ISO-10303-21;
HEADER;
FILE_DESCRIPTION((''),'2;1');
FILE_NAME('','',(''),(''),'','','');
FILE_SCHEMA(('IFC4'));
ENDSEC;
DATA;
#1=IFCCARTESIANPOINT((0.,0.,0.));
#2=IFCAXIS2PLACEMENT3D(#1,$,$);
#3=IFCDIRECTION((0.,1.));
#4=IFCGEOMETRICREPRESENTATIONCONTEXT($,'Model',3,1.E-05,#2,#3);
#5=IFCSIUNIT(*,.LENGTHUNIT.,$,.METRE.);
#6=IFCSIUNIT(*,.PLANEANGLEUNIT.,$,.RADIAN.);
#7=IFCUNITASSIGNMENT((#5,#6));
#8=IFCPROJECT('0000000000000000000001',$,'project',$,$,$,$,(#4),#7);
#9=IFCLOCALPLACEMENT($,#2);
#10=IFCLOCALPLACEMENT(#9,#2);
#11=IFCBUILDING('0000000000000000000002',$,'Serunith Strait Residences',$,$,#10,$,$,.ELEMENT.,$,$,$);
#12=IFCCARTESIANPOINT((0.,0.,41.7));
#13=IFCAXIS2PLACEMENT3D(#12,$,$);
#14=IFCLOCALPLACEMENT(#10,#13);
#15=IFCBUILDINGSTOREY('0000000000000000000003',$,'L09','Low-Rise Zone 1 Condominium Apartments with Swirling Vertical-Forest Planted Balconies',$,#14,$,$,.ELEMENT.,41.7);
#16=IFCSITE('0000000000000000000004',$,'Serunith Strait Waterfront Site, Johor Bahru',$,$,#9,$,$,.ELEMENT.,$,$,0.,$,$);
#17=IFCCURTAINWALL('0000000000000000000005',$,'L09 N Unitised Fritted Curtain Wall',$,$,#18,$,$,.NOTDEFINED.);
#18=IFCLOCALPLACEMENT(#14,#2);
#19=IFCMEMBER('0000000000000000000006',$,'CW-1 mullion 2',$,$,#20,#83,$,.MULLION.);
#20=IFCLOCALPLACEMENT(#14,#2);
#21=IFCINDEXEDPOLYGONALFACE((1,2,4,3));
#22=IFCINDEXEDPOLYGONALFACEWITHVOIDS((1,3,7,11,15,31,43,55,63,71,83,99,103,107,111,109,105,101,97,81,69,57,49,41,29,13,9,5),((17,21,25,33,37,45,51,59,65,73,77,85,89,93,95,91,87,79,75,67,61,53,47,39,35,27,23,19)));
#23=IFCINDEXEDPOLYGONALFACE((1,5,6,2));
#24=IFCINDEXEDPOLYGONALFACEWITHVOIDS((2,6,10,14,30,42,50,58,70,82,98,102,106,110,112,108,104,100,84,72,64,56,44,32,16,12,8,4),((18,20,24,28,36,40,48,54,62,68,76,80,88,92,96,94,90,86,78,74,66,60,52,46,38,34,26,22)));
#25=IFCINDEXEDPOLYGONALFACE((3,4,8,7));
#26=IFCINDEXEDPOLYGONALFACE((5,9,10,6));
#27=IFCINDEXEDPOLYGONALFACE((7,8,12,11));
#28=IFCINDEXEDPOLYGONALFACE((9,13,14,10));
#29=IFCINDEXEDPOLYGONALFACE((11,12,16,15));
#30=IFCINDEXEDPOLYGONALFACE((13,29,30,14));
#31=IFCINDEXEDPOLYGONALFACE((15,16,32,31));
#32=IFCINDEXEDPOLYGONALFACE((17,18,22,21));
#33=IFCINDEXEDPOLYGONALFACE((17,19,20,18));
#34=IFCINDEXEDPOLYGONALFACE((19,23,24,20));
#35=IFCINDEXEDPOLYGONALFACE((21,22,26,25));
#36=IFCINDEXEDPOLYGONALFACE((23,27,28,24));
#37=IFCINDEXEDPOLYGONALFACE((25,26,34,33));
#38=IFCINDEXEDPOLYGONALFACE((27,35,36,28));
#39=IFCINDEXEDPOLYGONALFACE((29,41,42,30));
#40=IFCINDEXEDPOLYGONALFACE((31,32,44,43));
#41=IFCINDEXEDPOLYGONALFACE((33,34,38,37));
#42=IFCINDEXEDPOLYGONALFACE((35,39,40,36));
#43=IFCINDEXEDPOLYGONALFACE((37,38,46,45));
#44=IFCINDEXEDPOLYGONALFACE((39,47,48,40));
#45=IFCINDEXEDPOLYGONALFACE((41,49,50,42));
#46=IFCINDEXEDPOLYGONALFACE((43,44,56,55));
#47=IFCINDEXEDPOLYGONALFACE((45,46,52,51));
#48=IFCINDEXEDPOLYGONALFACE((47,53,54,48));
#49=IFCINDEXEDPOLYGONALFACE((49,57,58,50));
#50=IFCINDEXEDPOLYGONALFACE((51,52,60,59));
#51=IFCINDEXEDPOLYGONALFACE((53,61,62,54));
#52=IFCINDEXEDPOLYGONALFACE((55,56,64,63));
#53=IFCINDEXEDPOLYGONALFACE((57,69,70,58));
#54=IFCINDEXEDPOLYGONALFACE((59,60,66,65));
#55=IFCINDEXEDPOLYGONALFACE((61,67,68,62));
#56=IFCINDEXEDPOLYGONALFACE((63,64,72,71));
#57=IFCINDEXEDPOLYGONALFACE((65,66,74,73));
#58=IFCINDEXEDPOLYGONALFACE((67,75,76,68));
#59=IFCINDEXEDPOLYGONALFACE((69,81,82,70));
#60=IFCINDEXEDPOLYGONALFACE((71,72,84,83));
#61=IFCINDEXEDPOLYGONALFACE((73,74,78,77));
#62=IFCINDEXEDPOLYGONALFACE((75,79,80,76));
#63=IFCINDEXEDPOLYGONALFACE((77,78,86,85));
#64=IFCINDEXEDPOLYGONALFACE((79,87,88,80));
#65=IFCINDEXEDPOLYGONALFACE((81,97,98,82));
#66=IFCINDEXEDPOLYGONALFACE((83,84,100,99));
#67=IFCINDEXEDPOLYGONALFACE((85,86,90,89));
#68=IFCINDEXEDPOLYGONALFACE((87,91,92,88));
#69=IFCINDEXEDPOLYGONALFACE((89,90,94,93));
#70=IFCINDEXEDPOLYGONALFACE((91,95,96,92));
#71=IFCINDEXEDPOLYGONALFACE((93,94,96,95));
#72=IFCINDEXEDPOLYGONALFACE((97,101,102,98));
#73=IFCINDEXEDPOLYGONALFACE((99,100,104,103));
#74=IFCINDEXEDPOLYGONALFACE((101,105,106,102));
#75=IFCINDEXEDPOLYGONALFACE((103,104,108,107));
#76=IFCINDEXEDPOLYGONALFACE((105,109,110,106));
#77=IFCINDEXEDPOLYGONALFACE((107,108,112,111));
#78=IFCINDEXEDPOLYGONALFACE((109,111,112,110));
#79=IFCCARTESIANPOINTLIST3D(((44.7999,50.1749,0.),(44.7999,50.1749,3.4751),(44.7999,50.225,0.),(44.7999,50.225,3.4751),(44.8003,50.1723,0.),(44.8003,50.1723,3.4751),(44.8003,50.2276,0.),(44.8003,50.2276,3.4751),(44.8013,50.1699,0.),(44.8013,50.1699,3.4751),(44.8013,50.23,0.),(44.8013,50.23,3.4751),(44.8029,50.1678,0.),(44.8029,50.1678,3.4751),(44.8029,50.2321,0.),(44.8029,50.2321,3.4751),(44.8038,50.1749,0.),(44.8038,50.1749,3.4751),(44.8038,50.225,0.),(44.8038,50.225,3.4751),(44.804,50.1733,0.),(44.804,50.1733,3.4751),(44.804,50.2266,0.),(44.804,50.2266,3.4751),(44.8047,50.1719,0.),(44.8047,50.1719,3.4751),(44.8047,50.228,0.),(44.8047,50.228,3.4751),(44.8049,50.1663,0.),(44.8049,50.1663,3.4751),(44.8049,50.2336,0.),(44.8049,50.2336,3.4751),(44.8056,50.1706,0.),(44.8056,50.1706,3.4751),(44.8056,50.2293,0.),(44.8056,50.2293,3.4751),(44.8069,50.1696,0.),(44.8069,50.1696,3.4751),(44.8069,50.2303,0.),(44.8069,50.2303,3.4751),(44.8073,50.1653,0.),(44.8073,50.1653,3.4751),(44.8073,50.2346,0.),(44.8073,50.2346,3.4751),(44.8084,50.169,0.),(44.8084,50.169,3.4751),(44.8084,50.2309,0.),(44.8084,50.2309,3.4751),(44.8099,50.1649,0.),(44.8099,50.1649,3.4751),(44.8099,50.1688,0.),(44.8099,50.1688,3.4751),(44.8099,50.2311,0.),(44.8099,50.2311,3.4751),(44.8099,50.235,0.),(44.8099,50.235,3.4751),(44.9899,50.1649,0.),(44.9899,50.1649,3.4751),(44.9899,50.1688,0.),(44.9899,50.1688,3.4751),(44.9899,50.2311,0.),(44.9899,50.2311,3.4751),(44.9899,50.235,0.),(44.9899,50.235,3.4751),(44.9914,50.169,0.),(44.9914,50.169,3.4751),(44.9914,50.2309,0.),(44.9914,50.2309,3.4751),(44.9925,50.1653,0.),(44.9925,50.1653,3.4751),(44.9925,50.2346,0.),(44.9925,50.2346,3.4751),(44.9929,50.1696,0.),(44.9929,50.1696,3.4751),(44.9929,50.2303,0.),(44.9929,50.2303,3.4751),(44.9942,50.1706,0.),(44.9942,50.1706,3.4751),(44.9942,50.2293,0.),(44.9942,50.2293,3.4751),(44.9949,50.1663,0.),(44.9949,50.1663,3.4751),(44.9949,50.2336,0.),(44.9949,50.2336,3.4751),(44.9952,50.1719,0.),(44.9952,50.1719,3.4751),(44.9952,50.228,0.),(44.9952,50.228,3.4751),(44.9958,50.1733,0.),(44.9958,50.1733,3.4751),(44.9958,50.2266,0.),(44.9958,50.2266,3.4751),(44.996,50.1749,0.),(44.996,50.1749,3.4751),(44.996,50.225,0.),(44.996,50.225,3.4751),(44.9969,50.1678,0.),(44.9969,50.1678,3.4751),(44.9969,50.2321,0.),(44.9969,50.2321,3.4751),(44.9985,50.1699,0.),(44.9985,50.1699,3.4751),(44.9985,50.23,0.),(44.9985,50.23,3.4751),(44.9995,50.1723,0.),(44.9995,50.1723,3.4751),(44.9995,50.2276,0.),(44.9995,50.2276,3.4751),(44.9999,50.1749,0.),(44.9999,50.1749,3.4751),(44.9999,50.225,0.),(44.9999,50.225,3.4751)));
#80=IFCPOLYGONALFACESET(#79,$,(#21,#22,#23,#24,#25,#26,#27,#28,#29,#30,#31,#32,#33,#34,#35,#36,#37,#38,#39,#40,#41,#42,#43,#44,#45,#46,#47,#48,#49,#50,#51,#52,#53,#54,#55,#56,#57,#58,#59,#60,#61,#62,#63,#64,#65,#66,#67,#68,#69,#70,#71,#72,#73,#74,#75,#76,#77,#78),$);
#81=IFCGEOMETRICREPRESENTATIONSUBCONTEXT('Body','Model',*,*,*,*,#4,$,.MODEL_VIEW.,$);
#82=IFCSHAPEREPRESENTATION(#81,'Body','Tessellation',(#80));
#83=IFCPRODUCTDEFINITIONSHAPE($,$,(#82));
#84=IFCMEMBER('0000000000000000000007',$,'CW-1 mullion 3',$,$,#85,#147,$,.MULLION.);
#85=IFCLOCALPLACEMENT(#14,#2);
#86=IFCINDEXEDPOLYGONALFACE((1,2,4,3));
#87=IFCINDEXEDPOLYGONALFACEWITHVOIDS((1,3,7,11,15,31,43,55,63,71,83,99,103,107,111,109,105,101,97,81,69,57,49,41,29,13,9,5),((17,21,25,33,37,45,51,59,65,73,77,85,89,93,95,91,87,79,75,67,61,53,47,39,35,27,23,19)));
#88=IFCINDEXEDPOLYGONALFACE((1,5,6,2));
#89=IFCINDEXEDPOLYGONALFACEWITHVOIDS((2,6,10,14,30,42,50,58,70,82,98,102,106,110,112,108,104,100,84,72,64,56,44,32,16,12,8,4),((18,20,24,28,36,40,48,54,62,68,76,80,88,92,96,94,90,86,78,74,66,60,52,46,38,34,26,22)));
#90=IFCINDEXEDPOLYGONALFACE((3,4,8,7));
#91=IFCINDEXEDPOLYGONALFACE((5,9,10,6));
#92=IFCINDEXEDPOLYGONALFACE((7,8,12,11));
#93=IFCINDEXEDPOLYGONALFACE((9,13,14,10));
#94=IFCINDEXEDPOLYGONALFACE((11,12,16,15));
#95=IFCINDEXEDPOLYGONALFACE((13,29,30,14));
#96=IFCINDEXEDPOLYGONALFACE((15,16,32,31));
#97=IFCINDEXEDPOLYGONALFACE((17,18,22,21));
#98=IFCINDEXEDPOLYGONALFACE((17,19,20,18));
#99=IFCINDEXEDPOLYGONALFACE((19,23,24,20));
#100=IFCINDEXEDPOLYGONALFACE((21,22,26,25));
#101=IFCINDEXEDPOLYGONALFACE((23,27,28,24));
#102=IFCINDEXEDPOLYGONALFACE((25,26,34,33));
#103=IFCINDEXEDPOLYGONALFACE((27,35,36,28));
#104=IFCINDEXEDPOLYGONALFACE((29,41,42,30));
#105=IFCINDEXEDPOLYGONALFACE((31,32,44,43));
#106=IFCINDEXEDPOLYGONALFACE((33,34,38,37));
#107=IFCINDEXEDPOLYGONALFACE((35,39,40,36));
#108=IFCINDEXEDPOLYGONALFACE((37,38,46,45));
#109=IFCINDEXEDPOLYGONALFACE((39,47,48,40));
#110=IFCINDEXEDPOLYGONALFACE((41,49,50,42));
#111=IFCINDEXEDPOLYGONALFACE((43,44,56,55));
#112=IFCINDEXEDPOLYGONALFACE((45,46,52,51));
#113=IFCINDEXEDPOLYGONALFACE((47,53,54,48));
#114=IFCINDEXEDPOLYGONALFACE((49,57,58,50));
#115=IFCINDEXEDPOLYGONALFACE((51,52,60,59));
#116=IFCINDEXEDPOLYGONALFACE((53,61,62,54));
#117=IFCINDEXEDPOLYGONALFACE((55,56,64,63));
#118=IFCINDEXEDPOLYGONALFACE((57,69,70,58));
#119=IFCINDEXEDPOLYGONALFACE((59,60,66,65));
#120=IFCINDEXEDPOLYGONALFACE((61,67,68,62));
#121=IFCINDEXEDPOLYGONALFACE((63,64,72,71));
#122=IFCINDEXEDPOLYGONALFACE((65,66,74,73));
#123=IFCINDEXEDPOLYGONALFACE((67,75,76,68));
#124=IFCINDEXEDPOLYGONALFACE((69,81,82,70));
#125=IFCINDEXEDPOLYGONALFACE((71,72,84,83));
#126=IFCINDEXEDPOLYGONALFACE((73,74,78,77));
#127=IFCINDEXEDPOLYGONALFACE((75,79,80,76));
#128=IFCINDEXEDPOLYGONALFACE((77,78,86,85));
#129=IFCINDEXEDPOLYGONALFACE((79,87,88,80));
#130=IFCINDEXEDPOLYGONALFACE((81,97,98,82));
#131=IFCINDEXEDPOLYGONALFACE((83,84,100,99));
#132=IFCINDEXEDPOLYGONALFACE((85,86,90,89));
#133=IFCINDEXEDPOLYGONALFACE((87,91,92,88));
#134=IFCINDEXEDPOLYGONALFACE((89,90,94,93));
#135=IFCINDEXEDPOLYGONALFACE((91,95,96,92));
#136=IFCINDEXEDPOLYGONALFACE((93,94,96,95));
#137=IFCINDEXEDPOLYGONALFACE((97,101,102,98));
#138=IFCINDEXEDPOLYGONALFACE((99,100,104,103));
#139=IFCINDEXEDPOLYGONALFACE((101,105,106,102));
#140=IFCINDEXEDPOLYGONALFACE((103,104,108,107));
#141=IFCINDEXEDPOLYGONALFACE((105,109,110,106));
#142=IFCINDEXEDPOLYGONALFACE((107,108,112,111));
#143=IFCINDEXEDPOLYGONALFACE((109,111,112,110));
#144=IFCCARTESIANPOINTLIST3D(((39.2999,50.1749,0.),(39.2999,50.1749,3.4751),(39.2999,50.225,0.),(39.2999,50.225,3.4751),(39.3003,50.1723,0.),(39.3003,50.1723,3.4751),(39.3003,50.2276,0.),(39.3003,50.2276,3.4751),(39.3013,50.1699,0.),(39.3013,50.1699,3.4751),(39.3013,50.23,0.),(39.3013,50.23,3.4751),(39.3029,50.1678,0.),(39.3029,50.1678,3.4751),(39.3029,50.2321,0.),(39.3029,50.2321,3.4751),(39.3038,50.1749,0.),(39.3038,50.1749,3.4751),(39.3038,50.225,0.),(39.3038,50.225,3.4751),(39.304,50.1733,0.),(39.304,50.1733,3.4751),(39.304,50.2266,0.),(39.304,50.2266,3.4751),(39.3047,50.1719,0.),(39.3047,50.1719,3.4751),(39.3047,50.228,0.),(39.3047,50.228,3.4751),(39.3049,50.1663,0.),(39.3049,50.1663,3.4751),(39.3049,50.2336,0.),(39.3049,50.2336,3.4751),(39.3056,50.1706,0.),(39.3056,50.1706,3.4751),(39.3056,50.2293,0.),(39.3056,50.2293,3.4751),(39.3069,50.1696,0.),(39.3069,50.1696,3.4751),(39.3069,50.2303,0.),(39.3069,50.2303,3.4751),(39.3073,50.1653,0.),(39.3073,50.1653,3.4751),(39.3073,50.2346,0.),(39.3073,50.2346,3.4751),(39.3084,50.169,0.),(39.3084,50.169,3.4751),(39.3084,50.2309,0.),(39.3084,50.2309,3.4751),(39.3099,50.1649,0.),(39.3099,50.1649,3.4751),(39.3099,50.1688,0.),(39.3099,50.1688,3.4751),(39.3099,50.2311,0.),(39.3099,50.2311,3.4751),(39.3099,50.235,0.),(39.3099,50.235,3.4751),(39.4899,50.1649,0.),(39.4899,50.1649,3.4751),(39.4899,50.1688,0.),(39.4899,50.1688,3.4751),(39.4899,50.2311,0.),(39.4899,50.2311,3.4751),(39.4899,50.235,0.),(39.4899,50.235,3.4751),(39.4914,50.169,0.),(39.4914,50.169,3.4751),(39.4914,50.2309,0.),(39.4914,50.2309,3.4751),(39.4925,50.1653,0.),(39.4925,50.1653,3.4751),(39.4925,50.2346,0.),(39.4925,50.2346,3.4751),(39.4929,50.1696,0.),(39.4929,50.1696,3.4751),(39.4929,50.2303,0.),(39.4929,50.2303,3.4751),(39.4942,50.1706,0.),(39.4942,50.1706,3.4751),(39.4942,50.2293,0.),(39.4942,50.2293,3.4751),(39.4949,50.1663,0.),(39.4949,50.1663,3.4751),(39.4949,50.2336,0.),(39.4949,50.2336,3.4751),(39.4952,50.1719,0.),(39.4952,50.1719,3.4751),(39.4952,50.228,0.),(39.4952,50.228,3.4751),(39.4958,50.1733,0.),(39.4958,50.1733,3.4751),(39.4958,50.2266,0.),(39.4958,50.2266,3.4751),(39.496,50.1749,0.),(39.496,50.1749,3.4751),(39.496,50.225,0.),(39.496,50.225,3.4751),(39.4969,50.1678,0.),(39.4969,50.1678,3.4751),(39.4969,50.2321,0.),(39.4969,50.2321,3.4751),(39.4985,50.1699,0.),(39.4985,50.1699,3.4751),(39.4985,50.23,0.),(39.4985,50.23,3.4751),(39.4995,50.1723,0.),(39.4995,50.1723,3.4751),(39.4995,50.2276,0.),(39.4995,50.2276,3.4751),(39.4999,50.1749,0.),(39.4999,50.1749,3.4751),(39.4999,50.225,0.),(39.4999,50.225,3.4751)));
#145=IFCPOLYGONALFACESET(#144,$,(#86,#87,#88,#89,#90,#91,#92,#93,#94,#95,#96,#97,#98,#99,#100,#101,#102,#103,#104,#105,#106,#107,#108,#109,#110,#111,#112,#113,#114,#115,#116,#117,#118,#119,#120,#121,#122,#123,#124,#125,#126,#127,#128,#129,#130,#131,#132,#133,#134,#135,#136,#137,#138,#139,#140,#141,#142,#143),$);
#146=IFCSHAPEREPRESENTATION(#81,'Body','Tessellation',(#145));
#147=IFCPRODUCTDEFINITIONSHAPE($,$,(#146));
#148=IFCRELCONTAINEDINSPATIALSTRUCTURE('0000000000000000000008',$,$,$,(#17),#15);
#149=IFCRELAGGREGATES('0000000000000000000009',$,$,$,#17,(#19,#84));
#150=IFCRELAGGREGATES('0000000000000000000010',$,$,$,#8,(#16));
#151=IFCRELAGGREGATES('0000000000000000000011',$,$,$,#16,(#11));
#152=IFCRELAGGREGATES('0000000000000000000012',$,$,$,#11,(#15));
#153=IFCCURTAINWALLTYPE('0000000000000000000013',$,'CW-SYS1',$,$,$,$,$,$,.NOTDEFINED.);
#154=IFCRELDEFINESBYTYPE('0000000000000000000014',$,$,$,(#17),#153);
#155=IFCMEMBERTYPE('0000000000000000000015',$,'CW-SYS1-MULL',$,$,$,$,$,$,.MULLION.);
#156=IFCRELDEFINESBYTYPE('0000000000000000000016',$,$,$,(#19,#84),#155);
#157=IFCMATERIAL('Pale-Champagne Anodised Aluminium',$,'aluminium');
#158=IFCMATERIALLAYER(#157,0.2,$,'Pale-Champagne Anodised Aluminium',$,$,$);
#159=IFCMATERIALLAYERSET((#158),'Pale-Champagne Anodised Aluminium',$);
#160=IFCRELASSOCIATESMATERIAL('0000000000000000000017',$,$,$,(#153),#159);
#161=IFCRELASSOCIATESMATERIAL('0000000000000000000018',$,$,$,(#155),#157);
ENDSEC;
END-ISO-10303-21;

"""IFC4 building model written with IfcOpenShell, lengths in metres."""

from ifc_helpers import new_model, si_unit, direction, frame, origin, origin_2d, place, context, subcontext, project, spatial, hollow_rectangle, extrude, source, transform, mapped, material, layer, layer_set, material_profile, profile_set, type_object, element, aggregate, save


model = new_model("IFC4")

# Units and contexts
model_context = context("Model", 3, precision=1e-05, world=origin(), true_north=direction((0.0, 1.0)))
body_context = subcontext(model_context, "Body", "Model", "MODEL_VIEW")
ifc_project = project(units=[si_unit("LENGTHUNIT", "METRE"), si_unit("PLANEANGLEUNIT", "RADIAN")], contexts=[model_context])

# Site, building, storey
site_placement = place(None, origin())
site = spatial("IfcSite", under=ifc_project, at=site_placement, Name="Serunith Strait Waterfront Site, Johor Bahru", CompositionType="ELEMENT", RefElevation=0.0)
building_placement = place(site_placement, origin())
building = spatial("IfcBuilding", under=site, at=building_placement, Name="Serunith Strait Residences", CompositionType="ELEMENT")
storey_placement = place(building_placement, frame((0.0, 0.0, 41.7)))
storey = spatial("IfcBuildingStorey", under=building, at=storey_placement, Name="L09", Description="Low-Rise Zone 1 Condominium Apartments with Swirling Vertical-Forest Planted Balconies", CompositionType="ELEMENT", Elevation=41.7)

# Curtain wall, members
ifc_material_1 = material(Name="Pale-Champagne Anodised Aluminium", Category="aluminium")
ifc_layer_1 = layer(ifc_material_1, 0.2, Name="Pale-Champagne Anodised Aluminium")
ifc_layer_set_1 = layer_set([ifc_layer_1], Name="Pale-Champagne Anodised Aluminium")
curtain_wall_type = type_object("IfcCurtainWallType", Name="CW-SYS1", PredefinedType="NOTDEFINED", material=ifc_layer_set_1)
curtain_wall_1_placement = place(storey_placement, origin())
curtain_wall_1 = element("IfcCurtainWall", 1, at=curtain_wall_1_placement, inside=storey, type_object=curtain_wall_type, Name="L09 N Unitised Fritted Curtain Wall", PredefinedType="NOTDEFINED")
ifc_material_profile_1 = material_profile(ifc_material_1, hollow_rectangle(XDim=0.0701, YDim=0.2, WallThickness=0.0039, InnerFilletRadius=0.0061, OuterFilletRadius=0.01, at=origin_2d()), Name="ALU 200x70x4")
ifc_profile_set_1 = profile_set([ifc_material_profile_1], Name="Pale-Champagne Anodised Aluminium")
member_type_1 = type_object("IfcMemberType", Name="CW-SYS1-MULL", PredefinedType="MULLION", material=ifc_profile_set_1)
shared_shape_1 = source(origin(), body_context, "Body", "SweptSolid", [
    extrude(hollow_rectangle(XDim=0.0701, YDim=0.2, WallThickness=0.0039, InnerFilletRadius=0.0061, OuterFilletRadius=0.01, at=origin_2d()), origin(), (0.0, 0.0, 1.0), 3.4751),
])
member_1_placement = place(storey_placement, frame((44.8999, 50.2, 0.0), z_axis=(0.0, 0.0, 1.0), x_axis=(0.0, -1.0, 0.0)))
member_1 = element("IfcMember", 2, at=member_1_placement, type_object=member_type_1, Name="CW-1 mullion 2", PredefinedType="MULLION", context=body_context, shape_type="MappedRepresentation", body=[
    mapped(shared_shape_1, transform((0.0, 0.0, 0.0), scale=1.0)),
])
member_2_placement = place(storey_placement, frame((39.3999, 50.2, 0.0), z_axis=(0.0, 0.0, 1.0), x_axis=(0.0, -1.0, 0.0)))
member_2 = element("IfcMember", 3, at=member_2_placement, type_object=member_type_1, Name="CW-1 mullion 3", PredefinedType="MULLION", context=body_context, shape_type="MappedRepresentation", body=[
    mapped(shared_shape_1, transform((0.0, 0.0, 0.0), scale=1.0)),
])

aggregate(curtain_wall_1, [member_1, member_2])

save(model, "model.ifc")
